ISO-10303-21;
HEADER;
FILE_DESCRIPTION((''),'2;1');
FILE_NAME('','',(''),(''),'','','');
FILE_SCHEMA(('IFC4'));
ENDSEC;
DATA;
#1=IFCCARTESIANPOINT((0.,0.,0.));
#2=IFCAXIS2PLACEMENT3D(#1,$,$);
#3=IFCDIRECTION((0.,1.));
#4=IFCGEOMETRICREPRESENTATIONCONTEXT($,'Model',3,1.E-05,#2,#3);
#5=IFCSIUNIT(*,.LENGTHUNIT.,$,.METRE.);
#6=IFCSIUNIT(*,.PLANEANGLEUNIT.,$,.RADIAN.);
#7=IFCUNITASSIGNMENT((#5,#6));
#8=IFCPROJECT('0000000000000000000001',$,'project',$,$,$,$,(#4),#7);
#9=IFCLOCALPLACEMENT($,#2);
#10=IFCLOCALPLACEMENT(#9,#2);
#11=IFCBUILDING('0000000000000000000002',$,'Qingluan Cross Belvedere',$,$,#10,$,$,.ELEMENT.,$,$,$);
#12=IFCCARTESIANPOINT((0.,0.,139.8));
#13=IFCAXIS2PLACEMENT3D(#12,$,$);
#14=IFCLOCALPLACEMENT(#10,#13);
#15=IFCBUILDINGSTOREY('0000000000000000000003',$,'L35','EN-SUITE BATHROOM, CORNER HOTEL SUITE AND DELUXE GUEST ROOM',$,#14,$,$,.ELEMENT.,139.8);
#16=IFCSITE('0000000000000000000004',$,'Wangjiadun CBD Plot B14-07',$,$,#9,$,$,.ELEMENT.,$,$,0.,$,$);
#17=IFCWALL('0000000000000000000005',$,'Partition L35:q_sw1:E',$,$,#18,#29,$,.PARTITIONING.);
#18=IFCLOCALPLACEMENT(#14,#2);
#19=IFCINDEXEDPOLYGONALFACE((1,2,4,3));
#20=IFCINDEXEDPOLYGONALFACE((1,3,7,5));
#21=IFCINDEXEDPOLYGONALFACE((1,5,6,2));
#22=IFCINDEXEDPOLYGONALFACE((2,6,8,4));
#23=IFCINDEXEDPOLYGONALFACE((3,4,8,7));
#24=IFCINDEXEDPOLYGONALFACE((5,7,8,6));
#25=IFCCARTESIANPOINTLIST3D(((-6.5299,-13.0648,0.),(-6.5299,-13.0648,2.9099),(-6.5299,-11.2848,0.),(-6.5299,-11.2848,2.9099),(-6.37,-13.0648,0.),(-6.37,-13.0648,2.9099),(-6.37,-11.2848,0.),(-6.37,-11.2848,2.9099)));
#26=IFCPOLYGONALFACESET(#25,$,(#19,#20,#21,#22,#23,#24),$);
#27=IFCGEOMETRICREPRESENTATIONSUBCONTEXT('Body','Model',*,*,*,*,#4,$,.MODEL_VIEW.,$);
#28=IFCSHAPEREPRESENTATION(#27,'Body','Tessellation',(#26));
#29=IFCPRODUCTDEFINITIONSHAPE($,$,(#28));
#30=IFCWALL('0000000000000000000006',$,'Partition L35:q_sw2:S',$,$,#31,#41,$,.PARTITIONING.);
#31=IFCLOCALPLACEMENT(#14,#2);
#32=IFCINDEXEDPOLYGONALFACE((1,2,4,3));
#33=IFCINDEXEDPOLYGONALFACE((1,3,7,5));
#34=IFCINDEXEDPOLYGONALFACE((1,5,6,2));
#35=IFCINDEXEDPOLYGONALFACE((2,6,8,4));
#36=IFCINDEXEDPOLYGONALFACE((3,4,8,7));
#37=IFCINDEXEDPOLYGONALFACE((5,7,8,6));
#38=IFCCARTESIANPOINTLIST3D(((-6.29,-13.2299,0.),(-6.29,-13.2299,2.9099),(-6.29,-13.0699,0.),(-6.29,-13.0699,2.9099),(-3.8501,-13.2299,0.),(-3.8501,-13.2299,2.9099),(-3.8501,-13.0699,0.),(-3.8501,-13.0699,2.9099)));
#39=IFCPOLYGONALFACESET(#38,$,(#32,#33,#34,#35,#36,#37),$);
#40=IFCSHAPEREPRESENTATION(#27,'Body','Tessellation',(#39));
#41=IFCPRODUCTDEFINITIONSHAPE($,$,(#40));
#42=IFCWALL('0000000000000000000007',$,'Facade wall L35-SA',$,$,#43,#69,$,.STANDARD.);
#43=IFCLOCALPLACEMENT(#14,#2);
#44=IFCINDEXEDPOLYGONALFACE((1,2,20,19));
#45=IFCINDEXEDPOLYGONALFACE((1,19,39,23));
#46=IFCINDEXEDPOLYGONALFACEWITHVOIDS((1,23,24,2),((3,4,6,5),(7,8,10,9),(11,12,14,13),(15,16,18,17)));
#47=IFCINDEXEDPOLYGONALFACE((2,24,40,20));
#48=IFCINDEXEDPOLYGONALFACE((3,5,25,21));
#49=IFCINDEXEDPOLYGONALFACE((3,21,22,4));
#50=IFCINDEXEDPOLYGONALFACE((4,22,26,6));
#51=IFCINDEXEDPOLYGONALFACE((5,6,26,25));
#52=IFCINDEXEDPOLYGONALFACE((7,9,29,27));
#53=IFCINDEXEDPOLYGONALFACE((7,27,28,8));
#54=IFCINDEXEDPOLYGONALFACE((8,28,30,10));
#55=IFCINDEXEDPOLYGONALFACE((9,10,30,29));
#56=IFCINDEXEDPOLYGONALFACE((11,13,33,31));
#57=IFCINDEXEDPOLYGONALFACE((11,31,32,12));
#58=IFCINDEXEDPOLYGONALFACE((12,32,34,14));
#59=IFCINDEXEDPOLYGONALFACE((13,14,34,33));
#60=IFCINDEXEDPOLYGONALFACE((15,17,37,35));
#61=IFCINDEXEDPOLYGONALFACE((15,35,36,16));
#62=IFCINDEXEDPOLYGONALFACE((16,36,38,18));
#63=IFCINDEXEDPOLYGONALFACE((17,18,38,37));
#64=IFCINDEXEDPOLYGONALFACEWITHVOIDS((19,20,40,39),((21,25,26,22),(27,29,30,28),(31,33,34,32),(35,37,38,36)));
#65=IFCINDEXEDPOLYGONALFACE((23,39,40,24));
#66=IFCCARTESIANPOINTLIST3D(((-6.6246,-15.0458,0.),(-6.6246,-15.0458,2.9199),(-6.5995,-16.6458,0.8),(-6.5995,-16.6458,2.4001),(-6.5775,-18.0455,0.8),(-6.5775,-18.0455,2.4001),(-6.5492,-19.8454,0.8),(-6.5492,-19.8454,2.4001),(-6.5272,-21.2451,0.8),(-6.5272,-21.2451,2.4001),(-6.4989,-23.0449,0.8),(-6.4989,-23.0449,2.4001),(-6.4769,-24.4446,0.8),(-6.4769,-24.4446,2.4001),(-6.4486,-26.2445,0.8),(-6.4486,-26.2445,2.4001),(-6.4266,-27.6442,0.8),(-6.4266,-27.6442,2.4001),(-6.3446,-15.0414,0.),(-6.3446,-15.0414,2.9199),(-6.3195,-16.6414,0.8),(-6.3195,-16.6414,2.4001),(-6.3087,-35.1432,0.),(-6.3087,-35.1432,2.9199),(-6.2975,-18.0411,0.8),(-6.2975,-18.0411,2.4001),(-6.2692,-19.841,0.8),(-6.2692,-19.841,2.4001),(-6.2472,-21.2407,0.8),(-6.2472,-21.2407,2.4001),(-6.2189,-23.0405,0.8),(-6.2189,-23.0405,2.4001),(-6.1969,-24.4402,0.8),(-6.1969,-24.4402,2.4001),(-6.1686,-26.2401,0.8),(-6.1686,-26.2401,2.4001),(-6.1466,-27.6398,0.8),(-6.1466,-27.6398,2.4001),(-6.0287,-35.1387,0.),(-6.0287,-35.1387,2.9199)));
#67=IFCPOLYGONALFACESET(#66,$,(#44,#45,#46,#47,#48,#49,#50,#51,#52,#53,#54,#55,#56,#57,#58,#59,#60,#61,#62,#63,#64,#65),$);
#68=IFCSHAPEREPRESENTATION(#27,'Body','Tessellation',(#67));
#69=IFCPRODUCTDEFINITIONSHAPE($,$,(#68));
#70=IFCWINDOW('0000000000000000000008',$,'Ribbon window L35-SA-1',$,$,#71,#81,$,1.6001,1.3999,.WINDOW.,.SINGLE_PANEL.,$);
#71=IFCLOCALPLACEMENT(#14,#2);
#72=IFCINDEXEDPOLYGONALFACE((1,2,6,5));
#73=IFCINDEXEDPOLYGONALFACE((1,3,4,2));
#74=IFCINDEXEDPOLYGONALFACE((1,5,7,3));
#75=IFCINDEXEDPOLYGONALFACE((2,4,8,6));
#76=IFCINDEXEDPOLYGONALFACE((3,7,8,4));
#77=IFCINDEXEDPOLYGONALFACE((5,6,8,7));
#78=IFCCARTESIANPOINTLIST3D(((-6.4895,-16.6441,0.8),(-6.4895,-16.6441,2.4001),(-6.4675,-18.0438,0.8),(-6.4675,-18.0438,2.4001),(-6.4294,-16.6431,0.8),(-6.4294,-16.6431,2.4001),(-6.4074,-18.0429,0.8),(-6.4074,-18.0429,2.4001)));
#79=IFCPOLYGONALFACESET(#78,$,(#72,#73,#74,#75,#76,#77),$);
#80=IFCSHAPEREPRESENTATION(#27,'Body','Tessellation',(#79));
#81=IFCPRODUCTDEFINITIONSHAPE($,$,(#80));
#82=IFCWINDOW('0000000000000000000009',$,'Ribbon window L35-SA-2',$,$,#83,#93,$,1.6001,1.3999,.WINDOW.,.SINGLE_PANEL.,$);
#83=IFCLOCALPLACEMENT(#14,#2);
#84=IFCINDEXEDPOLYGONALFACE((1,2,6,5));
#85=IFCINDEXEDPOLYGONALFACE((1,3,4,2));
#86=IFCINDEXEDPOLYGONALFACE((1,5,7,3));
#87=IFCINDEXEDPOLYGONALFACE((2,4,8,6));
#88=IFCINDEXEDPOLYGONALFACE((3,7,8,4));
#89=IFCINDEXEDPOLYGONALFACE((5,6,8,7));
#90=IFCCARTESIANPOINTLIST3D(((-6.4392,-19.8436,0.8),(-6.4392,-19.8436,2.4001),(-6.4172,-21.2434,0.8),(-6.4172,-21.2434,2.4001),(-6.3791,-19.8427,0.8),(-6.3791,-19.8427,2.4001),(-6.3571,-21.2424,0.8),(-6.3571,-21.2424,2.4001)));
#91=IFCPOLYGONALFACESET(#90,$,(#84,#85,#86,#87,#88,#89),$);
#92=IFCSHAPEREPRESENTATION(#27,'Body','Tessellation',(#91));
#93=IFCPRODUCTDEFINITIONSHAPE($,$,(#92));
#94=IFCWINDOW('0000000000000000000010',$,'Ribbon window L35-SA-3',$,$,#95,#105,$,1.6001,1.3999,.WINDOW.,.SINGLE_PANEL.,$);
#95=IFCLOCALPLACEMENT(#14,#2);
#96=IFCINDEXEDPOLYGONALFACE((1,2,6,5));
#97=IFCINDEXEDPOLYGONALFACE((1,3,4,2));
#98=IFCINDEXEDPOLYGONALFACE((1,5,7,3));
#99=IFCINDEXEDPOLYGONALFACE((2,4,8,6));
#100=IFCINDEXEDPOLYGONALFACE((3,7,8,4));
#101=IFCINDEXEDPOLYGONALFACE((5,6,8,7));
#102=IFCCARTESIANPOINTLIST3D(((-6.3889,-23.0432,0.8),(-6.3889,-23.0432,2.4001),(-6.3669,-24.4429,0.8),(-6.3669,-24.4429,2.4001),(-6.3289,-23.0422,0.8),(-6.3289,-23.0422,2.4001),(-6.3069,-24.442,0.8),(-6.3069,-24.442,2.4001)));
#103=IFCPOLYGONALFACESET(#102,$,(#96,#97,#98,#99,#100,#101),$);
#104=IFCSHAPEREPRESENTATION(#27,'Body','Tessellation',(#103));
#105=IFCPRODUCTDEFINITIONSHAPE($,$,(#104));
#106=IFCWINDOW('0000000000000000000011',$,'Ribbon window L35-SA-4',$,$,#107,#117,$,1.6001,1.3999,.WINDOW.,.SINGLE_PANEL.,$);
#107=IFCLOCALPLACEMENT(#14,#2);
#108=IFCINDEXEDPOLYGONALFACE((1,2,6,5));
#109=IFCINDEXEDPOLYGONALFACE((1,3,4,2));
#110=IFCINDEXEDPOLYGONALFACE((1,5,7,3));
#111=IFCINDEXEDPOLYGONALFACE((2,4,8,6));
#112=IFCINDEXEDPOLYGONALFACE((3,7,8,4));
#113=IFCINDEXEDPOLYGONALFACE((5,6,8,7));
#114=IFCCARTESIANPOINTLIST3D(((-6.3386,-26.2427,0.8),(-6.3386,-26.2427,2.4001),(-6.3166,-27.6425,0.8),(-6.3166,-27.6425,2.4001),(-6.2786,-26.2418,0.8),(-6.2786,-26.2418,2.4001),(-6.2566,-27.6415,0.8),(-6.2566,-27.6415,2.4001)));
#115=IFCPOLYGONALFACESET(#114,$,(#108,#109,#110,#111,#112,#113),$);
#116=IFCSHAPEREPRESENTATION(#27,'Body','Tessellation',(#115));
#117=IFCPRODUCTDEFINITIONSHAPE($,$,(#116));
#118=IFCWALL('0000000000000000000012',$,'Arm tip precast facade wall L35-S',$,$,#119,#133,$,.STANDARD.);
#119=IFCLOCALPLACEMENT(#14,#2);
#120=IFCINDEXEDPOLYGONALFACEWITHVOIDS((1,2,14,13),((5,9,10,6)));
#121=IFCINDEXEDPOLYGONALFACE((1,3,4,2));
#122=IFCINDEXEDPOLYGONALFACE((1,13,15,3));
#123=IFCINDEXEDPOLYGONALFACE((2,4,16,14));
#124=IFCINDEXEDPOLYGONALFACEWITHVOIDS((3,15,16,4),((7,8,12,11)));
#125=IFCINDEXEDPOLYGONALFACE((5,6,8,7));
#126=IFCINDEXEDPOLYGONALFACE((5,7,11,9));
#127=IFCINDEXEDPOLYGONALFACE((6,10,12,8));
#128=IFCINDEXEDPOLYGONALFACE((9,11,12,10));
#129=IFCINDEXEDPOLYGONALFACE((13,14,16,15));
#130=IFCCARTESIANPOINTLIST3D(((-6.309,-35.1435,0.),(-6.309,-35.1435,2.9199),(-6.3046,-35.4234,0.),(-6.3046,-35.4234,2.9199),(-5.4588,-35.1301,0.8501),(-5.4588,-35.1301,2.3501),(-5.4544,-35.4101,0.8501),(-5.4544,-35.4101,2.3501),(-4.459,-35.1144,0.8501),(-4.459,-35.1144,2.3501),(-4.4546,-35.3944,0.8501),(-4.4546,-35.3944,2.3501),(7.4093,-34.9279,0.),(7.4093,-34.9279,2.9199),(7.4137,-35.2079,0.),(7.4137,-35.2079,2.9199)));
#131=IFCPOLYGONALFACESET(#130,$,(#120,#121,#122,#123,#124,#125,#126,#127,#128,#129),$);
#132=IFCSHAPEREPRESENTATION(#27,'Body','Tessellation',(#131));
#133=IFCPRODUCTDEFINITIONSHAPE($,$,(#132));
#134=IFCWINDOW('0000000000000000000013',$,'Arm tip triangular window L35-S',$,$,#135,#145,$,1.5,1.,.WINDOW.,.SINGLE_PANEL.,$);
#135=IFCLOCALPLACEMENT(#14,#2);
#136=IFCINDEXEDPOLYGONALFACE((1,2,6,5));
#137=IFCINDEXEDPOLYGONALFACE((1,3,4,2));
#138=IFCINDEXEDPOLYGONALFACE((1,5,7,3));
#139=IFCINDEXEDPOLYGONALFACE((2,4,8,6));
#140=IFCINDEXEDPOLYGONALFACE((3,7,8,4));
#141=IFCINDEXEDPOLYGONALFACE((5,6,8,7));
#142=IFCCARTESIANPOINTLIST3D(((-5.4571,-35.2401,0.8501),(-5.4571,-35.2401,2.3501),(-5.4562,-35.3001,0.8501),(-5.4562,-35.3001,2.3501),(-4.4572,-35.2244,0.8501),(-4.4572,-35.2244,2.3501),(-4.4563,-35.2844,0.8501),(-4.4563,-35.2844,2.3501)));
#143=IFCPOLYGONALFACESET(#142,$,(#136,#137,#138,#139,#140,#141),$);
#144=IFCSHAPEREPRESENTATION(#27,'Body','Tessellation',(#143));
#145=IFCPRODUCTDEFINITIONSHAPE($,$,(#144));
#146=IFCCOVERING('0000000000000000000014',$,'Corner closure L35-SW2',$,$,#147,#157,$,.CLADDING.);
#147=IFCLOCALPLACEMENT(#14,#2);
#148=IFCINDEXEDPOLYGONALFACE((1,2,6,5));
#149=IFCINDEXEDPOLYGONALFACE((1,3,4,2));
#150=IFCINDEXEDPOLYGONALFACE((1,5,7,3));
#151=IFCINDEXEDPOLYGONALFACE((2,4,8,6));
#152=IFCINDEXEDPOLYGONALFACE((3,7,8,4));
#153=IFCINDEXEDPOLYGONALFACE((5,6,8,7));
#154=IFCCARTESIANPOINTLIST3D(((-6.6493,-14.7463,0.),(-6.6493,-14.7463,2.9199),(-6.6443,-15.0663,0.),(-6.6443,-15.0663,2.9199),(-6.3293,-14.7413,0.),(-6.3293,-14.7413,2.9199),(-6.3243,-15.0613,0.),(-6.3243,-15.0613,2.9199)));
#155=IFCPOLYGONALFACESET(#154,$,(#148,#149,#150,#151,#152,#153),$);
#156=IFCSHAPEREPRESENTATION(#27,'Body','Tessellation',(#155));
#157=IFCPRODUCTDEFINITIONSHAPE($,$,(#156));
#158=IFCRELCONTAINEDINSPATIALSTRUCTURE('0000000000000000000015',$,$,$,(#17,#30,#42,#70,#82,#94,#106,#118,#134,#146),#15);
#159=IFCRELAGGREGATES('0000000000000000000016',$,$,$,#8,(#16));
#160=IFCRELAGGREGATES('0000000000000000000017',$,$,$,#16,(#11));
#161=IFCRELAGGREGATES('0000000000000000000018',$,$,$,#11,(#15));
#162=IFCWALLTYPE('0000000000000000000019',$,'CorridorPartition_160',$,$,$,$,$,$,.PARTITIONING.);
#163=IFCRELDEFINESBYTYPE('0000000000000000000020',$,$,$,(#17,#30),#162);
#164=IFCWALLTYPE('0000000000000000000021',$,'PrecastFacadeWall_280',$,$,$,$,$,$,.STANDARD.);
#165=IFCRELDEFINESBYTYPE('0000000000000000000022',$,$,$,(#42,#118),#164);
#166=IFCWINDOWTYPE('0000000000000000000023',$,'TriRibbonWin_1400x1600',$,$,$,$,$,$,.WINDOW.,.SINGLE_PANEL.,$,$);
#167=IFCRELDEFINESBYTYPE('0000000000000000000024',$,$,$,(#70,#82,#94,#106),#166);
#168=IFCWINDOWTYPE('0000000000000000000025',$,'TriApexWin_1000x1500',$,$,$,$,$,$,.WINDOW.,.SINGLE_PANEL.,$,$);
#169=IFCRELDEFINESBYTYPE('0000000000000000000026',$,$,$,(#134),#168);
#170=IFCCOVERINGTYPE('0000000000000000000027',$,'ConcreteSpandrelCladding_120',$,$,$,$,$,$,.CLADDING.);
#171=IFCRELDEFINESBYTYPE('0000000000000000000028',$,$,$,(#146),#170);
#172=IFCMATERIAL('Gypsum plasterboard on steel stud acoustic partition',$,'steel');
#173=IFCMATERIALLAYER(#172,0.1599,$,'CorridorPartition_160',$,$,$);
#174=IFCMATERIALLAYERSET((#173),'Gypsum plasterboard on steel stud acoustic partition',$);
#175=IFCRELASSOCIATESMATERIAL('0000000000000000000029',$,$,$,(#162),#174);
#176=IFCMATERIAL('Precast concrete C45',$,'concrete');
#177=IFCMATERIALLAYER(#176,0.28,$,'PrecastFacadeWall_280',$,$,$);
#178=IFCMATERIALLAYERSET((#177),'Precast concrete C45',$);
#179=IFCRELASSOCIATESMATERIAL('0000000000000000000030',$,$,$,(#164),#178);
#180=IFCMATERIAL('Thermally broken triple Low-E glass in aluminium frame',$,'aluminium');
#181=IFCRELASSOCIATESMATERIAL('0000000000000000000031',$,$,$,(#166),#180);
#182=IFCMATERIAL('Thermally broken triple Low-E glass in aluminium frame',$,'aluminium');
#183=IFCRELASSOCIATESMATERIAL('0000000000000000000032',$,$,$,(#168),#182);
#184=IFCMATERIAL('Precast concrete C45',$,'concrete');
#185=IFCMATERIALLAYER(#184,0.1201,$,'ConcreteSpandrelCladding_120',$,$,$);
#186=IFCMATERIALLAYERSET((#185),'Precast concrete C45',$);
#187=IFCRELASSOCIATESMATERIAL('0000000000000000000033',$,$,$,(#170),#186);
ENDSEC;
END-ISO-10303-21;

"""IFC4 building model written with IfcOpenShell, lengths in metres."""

from ifc_helpers import new_model, si_unit, direction, frame, frame_2d, origin, origin_2d, place, context, subcontext, project, spatial, rectangle, extrude, material, layer, layer_set, type_object, element, fill, save


model = new_model("IFC4")

# Units and contexts
model_context = context("Model", 3, precision=1e-05, world=origin(), true_north=direction((0.0, 1.0)))
body_context = subcontext(model_context, "Body", "Model", "MODEL_VIEW")
ifc_project = project(units=[si_unit("LENGTHUNIT", "METRE"), si_unit("PLANEANGLEUNIT", "RADIAN")], contexts=[model_context])

# Site, building, storey
site_placement = place(None, origin())
site = spatial("IfcSite", under=ifc_project, at=site_placement, Name="Wangjiadun CBD Plot B14-07", CompositionType="ELEMENT", RefElevation=0.0)
building_placement = place(site_placement, origin())
building = spatial("IfcBuilding", under=site, at=building_placement, Name="Qingluan Cross Belvedere", CompositionType="ELEMENT")
storey_placement = place(building_placement, frame((0.0, 0.0, 139.8)))
storey = spatial("IfcBuildingStorey", under=building, at=storey_placement, Name="L35", Description="EN-SUITE BATHROOM, CORNER HOTEL SUITE AND DELUXE GUEST ROOM", CompositionType="ELEMENT", Elevation=139.8)

# Shared definitions
ifc_material_1 = material(Name="Gypsum plasterboard on steel stud acoustic partition", Category="steel")
ifc_layer_1 = layer(ifc_material_1, 0.1599, Name="CorridorPartition_160")
ifc_layer_set_1 = layer_set([ifc_layer_1], Name="Gypsum plasterboard on steel stud acoustic partition")
wall_type_1 = type_object("IfcWallType", Name="CorridorPartition_160", PredefinedType="PARTITIONING", material=ifc_layer_set_1)

# Walls
wall_1_placement = place(storey_placement, frame((-6.45, -13.0649, 0.0), z_axis=(0.0, 0.0, 1.0), x_axis=(0.0, 1.0, 0.0)))
element("IfcWall", 1, at=wall_1_placement, inside=storey, type_object=wall_type_1, Name="Partition L35:q_sw1:E", PredefinedType="PARTITIONING", context=body_context, shape_type="SweptSolid", body=[
    extrude(rectangle(XDim=1.78, YDim=0.1599, at=frame_2d((0.8901, 0.0))), origin(), (0.0, 0.0, 1.0), 2.9099),
])
wall_2_placement = place(storey_placement, frame((-6.29, -13.1499, 0.0), z_axis=(0.0, 0.0, 1.0), x_axis=(1.0, 0.0, 0.0)))
element("IfcWall", 2, at=wall_2_placement, inside=storey, type_object=wall_type_1, Name="Partition L35:q_sw2:S", PredefinedType="PARTITIONING", context=body_context, shape_type="SweptSolid", body=[
    extrude(rectangle(XDim=2.4399, YDim=0.1599, at=frame_2d((1.22, 0.0))), origin(), (0.0, 0.0, 1.0), 2.9099),
])

# Wall, openings, windows
ifc_material_2 = material(Name="Precast concrete C45", Category="concrete")
ifc_layer_2 = layer(ifc_material_2, 0.28, Name="PrecastFacadeWall_280")
ifc_layer_set_2 = layer_set([ifc_layer_2], Name="Precast concrete C45")
wall_type_2 = type_object("IfcWallType", Name="PrecastFacadeWall_280", PredefinedType="STANDARD", material=ifc_layer_set_2)
wall_3_placement = place(storey_placement, frame((-6.4846, -15.0437, 0.0), z_axis=(0.0, 0.0, 1.0), x_axis=(0.015717, -0.999876, 0.0)))
wall_3 = element("IfcWall", 3, at=wall_3_placement, inside=storey, type_object=wall_type_2, Name="Facade wall L35-SA", PredefinedType="STANDARD", context=body_context, shape_type="SweptSolid", body=[
    extrude(rectangle(XDim=20.0999, YDim=0.28, at=frame_2d((10.0498, 0.0))), origin(), (0.0, 0.0, 1.0), 2.9199),
])
opening_1_placement = place(wall_3_placement, frame((1.6001, 0.0, 0.8)))
opening_1 = element("IfcOpeningElement", 4, at=opening_1_placement, cuts=wall_3, PredefinedType="OPENING", context=body_context, shape_type="SweptSolid", body=[
    extrude(rectangle(XDim=1.3999, YDim=1.6001, at=frame_2d((0.7, 0.8))), frame((0.0, 0.1499, 0.0), z_axis=(0.0, -1.0, 0.0), x_axis=(1.0, 0.0, 0.0)), (0.0, 0.0, 1.0), 0.3),
])
opening_2_placement = place(wall_3_placement, frame((4.8, 0.0, 0.8)))
opening_2 = element("IfcOpeningElement", 5, at=opening_2_placement, cuts=wall_3, PredefinedType="OPENING", context=body_context, shape_type="SweptSolid", body=[
    extrude(rectangle(XDim=1.3999, YDim=1.6001, at=frame_2d((0.7, 0.8))), frame((0.0, 0.1499, 0.0), z_axis=(0.0, -1.0, 0.0), x_axis=(1.0, 0.0, 0.0)), (0.0, 0.0, 1.0), 0.3),
])
opening_3_placement = place(wall_3_placement, frame((8.0, 0.0, 0.8)))
opening_3 = element("IfcOpeningElement", 6, at=opening_3_placement, cuts=wall_3, PredefinedType="OPENING", context=body_context, shape_type="SweptSolid", body=[
    extrude(rectangle(XDim=1.3999, YDim=1.6001, at=frame_2d((0.7, 0.8))), frame((0.0, 0.1499, 0.0), z_axis=(0.0, -1.0, 0.0), x_axis=(1.0, 0.0, 0.0)), (0.0, 0.0, 1.0), 0.3),
])
opening_4_placement = place(wall_3_placement, frame((11.2, 0.0, 0.8)))
opening_4 = element("IfcOpeningElement", 7, at=opening_4_placement, cuts=wall_3, PredefinedType="OPENING", context=body_context, shape_type="SweptSolid", body=[
    extrude(rectangle(XDim=1.3999, YDim=1.6001, at=frame_2d((0.7, 0.8))), frame((0.0, 0.1499, 0.0), z_axis=(0.0, -1.0, 0.0), x_axis=(1.0, 0.0, 0.0)), (0.0, 0.0, 1.0), 0.3),
])
ifc_material_3 = material(Name="Thermally broken triple Low-E glass in aluminium frame", Category="aluminium")
window_type_1 = type_object("IfcWindowType", Name="TriRibbonWin_1400x1600", PartitioningType="SINGLE_PANEL", PredefinedType="WINDOW", material=ifc_material_3)
window_1_placement = place(opening_1_placement, origin())
window_1 = element("IfcWindow", 8, at=window_1_placement, inside=storey, type_object=window_type_1, Name="Ribbon window L35-SA-1", OverallHeight=1.6001, OverallWidth=1.3999, PartitioningType="SINGLE_PANEL", PredefinedType="WINDOW", context=body_context, shape_type="SweptSolid", body=[
    extrude(rectangle(XDim=1.3999, YDim=1.6001, at=frame_2d((0.7, 0.8))), frame((0.0, 0.03, 0.0), z_axis=(0.0, -1.0, 0.0), x_axis=(1.0, 0.0, 0.0)), (0.0, 0.0, 1.0), 0.0601),
])
fill(opening_1, window_1)
window_2_placement = place(opening_2_placement, origin())
window_2 = element("IfcWindow", 9, at=window_2_placement, inside=storey, type_object=window_type_1, Name="Ribbon window L35-SA-2", OverallHeight=1.6001, OverallWidth=1.3999, PartitioningType="SINGLE_PANEL", PredefinedType="WINDOW", context=body_context, shape_type="SweptSolid", body=[
    extrude(rectangle(XDim=1.3999, YDim=1.6001, at=frame_2d((0.7, 0.8))), frame((0.0, 0.03, 0.0), z_axis=(0.0, -1.0, 0.0), x_axis=(1.0, 0.0, 0.0)), (0.0, 0.0, 1.0), 0.0601),
])
fill(opening_2, window_2)
window_3_placement = place(opening_3_placement, origin())
window_3 = element("IfcWindow", 10, at=window_3_placement, inside=storey, type_object=window_type_1, Name="Ribbon window L35-SA-3", OverallHeight=1.6001, OverallWidth=1.3999, PartitioningType="SINGLE_PANEL", PredefinedType="WINDOW", context=body_context, shape_type="SweptSolid", body=[
    extrude(rectangle(XDim=1.3999, YDim=1.6001, at=frame_2d((0.7, 0.8))), frame((0.0, 0.03, 0.0), z_axis=(0.0, -1.0, 0.0), x_axis=(1.0, 0.0, 0.0)), (0.0, 0.0, 1.0), 0.0601),
])
fill(opening_3, window_3)
window_4_placement = place(opening_4_placement, origin())
window_4 = element("IfcWindow", 11, at=window_4_placement, inside=storey, type_object=window_type_1, Name="Ribbon window L35-SA-4", OverallHeight=1.6001, OverallWidth=1.3999, PartitioningType="SINGLE_PANEL", PredefinedType="WINDOW", context=body_context, shape_type="SweptSolid", body=[
    extrude(rectangle(XDim=1.3999, YDim=1.6001, at=frame_2d((0.7, 0.8))), frame((0.0, 0.03, 0.0), z_axis=(0.0, -1.0, 0.0), x_axis=(1.0, 0.0, 0.0)), (0.0, 0.0, 1.0), 0.0601),
])
fill(opening_4, window_4)

# Wall, opening, window
wall_4_placement = place(storey_placement, frame((-6.3066, -35.2834, 0.0), z_axis=(0.0, 0.0, 1.0), x_axis=(0.999877, 0.015713, 0.0)))
wall_4 = element("IfcWall", 12, at=wall_4_placement, inside=storey, type_object=wall_type_2, Name="Arm tip precast facade wall L35-S", PredefinedType="STANDARD", context=body_context, shape_type="SweptSolid", body=[
    extrude(rectangle(XDim=13.72, YDim=0.28, at=frame_2d((6.8599, 0.0))), origin(), (0.0, 0.0, 1.0), 2.9199),
])
opening_5_placement = place(wall_4_placement, frame((0.8501, 0.0, 0.8501)))
opening_5 = element("IfcOpeningElement", 13, at=opening_5_placement, cuts=wall_4, PredefinedType="OPENING", context=body_context, shape_type="SweptSolid", body=[
    extrude(rectangle(XDim=1.0, YDim=1.5, at=frame_2d((0.5, 0.75))), frame((0.0, 0.1499, 0.0), z_axis=(0.0, -1.0, 0.0), x_axis=(1.0, 0.0, 0.0)), (0.0, 0.0, 1.0), 0.3),
])
ifc_material_4 = material(Name="Thermally broken triple Low-E glass in aluminium frame", Category="aluminium")
window_type_2 = type_object("IfcWindowType", Name="TriApexWin_1000x1500", PartitioningType="SINGLE_PANEL", PredefinedType="WINDOW", material=ifc_material_4)
window_5_placement = place(opening_5_placement, origin())
window_5 = element("IfcWindow", 14, at=window_5_placement, inside=storey, type_object=window_type_2, Name="Arm tip triangular window L35-S", OverallHeight=1.5, OverallWidth=1.0, PartitioningType="SINGLE_PANEL", PredefinedType="WINDOW", context=body_context, shape_type="SweptSolid", body=[
    extrude(rectangle(XDim=1.0, YDim=1.5, at=frame_2d((0.5, 0.75))), frame((0.0, 0.03, 0.0), z_axis=(0.0, -1.0, 0.0), x_axis=(1.0, 0.0, 0.0)), (0.0, 0.0, 1.0), 0.0601),
])
fill(opening_5, window_5)

# Covering
ifc_material_5 = material(Name="Precast concrete C45", Category="concrete")
ifc_layer_3 = layer(ifc_material_5, 0.1201, Name="ConcreteSpandrelCladding_120")
ifc_layer_set_3 = layer_set([ifc_layer_3], Name="Precast concrete C45")
covering_type = type_object("IfcCoveringType", Name="ConcreteSpandrelCladding_120", PredefinedType="CLADDING", material=ifc_layer_set_3)
covering_placement = place(storey_placement, frame((-6.4868, -14.9038, 0.0), z_axis=(0.0, 0.0, 1.0), x_axis=(0.999877, 0.015707, 0.0)))
element("IfcCovering", 15, at=covering_placement, inside=storey, type_object=covering_type, Name="Corner closure L35-SW2", PredefinedType="CLADDING", context=body_context, shape_type="SweptSolid", body=[
    extrude(rectangle(XDim=0.3201, YDim=0.3201, at=origin_2d()), origin(), (0.0, 0.0, 1.0), 2.9199),
])

save(model, "model.ifc")
